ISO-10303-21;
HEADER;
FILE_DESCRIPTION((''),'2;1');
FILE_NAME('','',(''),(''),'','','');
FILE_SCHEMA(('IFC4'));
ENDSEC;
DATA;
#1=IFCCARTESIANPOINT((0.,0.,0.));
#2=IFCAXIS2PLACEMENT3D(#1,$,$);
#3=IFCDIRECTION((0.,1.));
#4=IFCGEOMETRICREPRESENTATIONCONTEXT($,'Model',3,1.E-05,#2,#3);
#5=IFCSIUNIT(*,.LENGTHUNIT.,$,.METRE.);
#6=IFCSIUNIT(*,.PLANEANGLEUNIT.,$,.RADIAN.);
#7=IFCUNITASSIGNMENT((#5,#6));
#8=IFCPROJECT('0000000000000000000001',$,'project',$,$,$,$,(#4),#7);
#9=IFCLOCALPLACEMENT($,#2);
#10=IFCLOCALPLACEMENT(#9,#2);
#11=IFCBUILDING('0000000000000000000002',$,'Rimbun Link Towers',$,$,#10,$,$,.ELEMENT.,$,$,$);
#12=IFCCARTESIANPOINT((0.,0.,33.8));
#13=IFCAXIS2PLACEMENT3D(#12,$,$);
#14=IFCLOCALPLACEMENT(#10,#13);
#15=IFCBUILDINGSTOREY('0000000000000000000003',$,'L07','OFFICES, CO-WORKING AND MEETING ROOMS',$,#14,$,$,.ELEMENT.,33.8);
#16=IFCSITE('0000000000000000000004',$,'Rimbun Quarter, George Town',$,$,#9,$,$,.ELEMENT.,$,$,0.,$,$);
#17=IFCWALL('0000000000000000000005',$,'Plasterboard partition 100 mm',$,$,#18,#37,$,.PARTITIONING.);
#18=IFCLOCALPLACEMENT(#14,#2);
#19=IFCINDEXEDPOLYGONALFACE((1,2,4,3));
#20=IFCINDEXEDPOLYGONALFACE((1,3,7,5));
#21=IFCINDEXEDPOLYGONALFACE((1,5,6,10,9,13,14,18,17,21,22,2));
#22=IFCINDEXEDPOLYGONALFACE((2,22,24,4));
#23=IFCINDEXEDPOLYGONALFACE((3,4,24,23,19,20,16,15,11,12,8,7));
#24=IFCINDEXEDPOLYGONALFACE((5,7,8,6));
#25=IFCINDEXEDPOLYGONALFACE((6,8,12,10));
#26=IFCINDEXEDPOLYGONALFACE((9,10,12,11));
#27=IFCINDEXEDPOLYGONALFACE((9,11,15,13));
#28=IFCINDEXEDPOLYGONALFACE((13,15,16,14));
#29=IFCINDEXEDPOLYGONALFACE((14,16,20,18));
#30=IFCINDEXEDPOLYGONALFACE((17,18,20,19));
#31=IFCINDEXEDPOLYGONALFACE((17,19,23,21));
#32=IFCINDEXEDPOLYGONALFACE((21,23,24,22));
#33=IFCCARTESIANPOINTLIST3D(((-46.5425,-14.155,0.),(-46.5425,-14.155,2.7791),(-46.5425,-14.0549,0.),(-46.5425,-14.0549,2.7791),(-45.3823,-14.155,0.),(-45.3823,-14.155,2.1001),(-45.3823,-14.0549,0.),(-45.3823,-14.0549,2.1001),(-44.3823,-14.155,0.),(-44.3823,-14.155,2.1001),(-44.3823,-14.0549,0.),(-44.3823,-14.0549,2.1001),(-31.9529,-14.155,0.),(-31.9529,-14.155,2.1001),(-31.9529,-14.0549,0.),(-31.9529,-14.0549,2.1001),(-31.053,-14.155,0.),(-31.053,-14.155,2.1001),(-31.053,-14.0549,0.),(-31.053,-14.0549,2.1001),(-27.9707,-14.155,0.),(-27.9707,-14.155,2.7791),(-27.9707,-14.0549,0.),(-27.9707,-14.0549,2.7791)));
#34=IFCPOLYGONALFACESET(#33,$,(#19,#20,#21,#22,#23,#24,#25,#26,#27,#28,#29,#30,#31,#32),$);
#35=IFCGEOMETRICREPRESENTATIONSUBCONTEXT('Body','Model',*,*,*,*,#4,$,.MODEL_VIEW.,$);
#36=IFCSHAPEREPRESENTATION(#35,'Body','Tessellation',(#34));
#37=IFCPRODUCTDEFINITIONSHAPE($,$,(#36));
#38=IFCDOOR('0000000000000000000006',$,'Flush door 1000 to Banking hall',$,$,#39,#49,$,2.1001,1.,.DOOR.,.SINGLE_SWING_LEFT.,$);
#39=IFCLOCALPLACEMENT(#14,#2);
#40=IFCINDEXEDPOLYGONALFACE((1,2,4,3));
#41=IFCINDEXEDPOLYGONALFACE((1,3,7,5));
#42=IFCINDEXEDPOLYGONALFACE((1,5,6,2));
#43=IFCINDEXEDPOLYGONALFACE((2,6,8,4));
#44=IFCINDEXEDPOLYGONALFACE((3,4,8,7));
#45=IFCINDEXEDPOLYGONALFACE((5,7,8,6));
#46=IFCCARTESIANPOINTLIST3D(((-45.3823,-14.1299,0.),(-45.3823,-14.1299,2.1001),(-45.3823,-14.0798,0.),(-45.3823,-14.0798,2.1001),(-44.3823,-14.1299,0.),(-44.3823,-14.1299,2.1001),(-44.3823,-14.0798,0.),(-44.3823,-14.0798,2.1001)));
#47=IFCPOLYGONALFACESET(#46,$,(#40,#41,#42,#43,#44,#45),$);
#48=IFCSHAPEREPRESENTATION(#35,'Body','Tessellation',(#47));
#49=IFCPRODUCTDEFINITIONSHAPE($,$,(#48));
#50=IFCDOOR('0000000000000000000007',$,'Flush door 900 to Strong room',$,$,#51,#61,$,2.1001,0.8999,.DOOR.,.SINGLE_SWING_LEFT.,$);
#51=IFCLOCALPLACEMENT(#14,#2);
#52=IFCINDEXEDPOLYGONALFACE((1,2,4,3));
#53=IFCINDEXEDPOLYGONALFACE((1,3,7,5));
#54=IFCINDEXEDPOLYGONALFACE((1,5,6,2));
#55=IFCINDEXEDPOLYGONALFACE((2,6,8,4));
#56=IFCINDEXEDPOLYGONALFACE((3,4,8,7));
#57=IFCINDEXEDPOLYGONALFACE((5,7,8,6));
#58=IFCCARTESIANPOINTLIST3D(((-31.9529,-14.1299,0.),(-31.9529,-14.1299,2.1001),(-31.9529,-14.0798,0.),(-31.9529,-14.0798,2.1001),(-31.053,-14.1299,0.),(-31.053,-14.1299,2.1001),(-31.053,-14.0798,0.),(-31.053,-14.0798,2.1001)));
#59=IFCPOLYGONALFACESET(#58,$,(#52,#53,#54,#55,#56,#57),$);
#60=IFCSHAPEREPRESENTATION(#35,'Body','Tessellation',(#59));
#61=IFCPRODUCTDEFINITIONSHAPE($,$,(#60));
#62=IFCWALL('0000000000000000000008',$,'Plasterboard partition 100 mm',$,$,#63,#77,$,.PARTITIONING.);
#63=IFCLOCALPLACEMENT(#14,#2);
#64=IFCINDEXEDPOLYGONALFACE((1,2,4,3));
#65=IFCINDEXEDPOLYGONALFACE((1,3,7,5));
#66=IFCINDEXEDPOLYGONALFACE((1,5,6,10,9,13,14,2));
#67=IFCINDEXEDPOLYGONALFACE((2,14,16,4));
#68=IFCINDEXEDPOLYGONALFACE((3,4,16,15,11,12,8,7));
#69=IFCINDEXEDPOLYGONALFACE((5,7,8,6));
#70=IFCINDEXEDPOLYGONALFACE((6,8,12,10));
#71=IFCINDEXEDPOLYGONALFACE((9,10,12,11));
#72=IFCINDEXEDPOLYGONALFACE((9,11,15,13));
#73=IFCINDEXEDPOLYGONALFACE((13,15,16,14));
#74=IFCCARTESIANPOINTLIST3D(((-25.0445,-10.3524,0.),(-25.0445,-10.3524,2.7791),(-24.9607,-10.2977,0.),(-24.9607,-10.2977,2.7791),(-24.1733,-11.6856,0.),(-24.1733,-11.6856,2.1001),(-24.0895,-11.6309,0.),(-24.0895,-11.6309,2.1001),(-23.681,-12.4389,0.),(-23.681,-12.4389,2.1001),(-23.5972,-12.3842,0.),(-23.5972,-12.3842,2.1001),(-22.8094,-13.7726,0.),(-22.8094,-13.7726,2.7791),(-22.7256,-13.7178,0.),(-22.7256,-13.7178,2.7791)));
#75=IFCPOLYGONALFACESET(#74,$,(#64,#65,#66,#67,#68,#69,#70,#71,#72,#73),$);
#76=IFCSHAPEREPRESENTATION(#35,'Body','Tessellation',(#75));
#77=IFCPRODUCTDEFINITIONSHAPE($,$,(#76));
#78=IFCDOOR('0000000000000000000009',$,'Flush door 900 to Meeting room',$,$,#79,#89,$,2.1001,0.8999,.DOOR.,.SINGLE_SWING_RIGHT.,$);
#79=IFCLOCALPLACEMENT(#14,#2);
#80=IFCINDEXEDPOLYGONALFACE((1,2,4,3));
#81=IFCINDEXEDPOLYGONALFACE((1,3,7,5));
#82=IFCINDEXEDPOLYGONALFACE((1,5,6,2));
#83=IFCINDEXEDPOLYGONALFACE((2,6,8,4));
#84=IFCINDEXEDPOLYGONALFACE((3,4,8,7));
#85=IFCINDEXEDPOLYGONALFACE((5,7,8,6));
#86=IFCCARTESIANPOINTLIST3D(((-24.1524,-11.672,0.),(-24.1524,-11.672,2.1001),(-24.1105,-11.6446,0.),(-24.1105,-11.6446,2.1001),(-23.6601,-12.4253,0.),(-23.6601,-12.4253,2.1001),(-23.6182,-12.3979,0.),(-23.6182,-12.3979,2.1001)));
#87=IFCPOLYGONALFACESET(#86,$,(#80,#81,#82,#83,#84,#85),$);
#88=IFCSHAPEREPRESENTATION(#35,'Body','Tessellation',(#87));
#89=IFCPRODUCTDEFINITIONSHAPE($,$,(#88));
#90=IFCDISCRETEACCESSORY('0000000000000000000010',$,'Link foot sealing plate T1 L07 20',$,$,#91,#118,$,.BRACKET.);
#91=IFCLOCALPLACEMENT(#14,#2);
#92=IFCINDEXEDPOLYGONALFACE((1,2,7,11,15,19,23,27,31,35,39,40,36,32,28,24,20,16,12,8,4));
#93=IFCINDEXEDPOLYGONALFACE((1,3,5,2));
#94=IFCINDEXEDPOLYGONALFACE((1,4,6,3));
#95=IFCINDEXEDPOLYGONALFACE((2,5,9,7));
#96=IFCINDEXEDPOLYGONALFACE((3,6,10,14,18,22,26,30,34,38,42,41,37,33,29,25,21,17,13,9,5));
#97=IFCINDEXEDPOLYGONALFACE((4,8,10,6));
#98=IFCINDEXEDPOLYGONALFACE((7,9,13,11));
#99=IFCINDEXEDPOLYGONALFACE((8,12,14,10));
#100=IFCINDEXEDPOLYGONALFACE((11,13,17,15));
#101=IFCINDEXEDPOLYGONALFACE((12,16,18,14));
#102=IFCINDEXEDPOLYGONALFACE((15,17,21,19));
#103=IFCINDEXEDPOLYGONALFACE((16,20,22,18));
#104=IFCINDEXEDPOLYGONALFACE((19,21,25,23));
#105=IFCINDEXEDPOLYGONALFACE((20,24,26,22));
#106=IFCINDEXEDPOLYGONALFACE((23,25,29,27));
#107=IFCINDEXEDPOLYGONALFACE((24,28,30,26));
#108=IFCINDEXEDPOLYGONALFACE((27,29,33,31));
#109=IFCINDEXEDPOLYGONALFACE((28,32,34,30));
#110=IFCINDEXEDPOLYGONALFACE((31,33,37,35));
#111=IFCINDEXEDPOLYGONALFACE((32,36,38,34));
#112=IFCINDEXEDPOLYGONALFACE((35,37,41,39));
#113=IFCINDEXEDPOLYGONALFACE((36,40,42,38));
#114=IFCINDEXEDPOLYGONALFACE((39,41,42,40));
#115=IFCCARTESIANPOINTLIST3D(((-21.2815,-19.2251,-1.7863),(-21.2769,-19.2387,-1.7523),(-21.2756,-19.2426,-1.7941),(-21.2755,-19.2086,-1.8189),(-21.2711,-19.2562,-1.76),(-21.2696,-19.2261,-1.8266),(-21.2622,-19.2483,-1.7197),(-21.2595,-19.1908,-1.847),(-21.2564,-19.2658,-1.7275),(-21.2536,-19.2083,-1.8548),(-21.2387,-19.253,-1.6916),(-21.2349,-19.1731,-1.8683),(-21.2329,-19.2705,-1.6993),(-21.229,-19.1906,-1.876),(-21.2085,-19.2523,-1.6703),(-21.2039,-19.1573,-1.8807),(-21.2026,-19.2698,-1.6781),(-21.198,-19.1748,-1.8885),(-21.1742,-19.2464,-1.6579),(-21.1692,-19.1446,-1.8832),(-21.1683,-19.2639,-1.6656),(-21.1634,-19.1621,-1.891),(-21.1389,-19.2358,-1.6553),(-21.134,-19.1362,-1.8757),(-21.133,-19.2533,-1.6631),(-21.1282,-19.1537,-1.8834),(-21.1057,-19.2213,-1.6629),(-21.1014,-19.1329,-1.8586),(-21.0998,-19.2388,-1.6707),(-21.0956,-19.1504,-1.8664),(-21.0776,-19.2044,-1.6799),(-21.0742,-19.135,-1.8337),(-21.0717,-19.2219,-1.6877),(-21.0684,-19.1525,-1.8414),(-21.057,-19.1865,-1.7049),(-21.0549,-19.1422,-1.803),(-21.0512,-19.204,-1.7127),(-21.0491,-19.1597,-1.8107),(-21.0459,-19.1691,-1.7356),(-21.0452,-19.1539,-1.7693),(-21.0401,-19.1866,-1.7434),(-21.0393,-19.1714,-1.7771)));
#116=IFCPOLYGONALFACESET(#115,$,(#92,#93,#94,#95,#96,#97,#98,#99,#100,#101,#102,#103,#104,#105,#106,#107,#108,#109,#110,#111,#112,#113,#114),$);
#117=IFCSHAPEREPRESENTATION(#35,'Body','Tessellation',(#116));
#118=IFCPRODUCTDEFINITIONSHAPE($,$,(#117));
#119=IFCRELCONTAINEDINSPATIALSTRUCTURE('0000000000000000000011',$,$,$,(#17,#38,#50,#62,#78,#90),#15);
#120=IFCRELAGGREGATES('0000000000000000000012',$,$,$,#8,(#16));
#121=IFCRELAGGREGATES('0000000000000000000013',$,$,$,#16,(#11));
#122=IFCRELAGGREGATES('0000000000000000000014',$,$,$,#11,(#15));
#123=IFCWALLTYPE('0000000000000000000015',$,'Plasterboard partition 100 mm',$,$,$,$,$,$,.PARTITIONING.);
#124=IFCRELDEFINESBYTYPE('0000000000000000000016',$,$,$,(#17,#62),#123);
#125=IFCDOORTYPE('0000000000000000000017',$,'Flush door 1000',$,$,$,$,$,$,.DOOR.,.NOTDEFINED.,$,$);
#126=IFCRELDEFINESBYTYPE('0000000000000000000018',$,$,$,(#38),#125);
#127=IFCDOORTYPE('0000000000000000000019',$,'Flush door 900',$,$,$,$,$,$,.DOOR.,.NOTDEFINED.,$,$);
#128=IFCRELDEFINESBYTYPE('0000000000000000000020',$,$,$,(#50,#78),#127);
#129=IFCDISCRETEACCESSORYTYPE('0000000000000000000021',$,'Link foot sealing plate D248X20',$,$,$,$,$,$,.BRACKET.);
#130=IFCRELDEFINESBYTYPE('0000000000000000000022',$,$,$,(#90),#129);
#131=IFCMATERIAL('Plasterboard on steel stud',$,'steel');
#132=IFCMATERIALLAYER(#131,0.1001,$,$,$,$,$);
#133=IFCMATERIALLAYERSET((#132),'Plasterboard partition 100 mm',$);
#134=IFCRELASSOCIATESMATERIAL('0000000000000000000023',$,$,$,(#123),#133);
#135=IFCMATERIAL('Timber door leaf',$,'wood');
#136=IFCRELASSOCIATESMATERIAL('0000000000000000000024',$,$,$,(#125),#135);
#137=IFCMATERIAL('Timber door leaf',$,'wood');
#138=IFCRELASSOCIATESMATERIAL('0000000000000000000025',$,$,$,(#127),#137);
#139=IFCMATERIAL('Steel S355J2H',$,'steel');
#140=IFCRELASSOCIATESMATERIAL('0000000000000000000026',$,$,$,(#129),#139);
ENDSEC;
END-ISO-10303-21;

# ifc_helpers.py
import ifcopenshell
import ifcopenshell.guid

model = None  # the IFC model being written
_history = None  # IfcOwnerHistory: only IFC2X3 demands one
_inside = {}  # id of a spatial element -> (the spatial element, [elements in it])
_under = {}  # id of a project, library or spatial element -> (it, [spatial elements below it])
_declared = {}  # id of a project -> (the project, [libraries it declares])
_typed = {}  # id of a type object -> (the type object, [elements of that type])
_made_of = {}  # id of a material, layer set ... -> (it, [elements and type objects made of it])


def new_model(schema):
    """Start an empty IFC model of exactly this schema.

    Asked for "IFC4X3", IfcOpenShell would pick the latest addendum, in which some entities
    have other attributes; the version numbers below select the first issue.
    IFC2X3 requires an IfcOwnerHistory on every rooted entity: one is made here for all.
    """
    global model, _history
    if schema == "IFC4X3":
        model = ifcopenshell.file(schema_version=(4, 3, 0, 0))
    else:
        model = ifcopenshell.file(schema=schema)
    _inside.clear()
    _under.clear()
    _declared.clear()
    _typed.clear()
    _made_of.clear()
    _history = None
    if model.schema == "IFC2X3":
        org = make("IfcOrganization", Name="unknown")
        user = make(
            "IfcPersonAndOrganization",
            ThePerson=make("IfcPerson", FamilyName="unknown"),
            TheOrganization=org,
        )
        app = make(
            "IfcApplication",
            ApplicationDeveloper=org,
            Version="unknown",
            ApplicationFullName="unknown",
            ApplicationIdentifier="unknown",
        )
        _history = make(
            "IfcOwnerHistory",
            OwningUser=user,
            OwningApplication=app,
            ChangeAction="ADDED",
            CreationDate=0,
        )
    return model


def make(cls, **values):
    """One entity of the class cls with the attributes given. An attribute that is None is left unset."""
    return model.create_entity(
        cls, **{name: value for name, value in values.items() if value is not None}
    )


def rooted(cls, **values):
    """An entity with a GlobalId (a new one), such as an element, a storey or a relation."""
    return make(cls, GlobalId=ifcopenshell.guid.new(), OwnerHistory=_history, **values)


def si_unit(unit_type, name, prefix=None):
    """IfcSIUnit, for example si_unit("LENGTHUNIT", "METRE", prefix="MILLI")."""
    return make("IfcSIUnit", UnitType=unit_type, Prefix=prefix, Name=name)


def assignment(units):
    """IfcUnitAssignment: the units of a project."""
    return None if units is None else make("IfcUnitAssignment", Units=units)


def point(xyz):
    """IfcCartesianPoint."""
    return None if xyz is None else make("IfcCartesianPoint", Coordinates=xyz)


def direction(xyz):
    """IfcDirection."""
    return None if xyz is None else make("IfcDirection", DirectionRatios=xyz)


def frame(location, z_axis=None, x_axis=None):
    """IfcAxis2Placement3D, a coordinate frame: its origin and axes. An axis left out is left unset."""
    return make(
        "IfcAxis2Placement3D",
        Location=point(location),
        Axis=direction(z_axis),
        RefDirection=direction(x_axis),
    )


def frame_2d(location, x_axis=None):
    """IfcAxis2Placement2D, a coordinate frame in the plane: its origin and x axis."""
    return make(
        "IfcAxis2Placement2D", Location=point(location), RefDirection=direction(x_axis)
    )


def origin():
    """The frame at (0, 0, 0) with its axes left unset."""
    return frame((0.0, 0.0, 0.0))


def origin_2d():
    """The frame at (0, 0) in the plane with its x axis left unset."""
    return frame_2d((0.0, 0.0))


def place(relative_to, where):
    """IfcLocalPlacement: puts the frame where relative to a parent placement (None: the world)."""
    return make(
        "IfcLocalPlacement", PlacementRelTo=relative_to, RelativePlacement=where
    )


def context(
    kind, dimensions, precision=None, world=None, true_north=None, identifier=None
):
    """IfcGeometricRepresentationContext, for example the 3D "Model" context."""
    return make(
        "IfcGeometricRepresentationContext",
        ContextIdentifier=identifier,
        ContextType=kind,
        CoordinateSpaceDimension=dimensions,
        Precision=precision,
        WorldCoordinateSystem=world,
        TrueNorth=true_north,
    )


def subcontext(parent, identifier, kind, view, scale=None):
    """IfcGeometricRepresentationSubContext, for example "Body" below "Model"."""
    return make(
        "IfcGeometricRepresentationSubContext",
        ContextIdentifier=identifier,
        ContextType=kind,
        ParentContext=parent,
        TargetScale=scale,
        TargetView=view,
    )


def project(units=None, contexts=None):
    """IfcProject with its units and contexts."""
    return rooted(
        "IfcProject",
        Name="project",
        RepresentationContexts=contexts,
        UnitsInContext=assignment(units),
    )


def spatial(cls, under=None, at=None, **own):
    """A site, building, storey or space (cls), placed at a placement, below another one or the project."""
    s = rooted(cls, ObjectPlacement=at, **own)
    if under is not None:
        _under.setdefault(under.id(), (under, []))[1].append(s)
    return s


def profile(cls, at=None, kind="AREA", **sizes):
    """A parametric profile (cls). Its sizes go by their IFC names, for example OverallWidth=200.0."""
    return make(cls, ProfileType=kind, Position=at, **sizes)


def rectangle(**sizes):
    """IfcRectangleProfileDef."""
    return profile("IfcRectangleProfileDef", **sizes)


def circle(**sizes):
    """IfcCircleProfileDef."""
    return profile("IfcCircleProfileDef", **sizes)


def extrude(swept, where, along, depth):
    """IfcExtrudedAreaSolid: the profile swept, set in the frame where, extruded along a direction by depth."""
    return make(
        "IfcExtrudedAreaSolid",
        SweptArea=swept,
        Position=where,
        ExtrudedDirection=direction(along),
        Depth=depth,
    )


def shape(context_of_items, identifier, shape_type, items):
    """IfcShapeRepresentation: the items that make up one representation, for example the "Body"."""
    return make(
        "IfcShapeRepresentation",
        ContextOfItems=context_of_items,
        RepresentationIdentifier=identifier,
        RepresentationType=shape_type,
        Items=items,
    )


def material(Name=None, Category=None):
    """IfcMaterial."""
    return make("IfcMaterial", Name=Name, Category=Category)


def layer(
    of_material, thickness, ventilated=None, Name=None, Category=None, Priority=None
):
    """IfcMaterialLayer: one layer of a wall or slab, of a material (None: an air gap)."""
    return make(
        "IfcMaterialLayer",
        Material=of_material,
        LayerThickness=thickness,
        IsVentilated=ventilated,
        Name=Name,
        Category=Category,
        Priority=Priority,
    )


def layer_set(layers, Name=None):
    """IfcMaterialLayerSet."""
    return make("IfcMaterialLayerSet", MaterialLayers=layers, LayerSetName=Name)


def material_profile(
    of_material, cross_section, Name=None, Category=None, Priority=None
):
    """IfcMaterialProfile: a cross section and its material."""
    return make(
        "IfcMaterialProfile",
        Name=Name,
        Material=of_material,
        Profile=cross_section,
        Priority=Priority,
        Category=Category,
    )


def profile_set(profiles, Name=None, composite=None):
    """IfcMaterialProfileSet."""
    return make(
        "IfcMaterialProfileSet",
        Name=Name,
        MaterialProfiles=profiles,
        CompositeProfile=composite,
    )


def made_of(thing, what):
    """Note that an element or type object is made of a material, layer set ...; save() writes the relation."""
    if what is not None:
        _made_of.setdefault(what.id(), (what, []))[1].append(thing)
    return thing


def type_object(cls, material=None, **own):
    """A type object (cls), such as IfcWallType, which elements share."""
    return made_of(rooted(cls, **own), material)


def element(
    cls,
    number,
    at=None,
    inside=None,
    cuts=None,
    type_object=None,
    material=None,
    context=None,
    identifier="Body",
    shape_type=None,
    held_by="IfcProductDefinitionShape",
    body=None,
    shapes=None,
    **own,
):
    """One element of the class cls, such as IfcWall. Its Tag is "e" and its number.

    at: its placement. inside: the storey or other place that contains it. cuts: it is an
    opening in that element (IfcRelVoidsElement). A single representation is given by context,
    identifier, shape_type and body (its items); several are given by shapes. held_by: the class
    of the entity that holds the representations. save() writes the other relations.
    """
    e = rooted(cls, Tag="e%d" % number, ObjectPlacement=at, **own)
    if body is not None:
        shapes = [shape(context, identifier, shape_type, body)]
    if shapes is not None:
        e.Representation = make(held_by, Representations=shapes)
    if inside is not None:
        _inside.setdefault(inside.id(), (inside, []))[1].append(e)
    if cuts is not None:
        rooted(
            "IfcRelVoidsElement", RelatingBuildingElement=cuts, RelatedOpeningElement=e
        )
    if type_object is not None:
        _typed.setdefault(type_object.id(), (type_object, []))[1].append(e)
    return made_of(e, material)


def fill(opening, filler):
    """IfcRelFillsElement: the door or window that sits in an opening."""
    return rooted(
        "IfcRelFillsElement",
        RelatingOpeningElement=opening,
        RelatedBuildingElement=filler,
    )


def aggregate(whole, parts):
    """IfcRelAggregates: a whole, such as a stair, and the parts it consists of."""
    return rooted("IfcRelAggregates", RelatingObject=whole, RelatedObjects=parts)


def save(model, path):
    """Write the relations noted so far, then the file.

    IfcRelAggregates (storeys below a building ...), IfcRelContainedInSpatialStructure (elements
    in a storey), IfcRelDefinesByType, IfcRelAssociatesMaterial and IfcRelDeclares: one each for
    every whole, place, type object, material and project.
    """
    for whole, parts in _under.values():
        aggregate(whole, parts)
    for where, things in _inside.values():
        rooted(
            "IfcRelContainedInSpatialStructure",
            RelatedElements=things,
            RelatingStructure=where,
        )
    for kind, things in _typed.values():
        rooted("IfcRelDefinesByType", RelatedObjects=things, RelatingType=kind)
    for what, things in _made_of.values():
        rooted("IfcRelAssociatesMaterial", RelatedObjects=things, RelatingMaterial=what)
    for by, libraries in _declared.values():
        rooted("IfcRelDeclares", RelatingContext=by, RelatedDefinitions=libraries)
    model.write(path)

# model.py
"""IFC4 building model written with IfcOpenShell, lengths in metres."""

from ifc_helpers import new_model, si_unit, direction, frame, frame_2d, origin, origin_2d, place, context, subcontext, project, spatial, rectangle, circle, extrude, material, layer, layer_set, material_profile, profile_set, type_object, element, fill, save


model = new_model("IFC4")

# Units and contexts
model_context = context("Model", 3, precision=1e-05, world=origin(), true_north=direction((0.0, 1.0)))
body_context = subcontext(model_context, "Body", "Model", "MODEL_VIEW")
ifc_project = project(units=[si_unit("LENGTHUNIT", "METRE"), si_unit("PLANEANGLEUNIT", "RADIAN")], contexts=[model_context])

# Site, building, storey
site_placement = place(None, origin())
site = spatial("IfcSite", under=ifc_project, at=site_placement, Name="Rimbun Quarter, George Town", CompositionType="ELEMENT", RefElevation=0.0)
building_placement = place(site_placement, origin())
building = spatial("IfcBuilding", under=site, at=building_placement, Name="Rimbun Link Towers", CompositionType="ELEMENT")
storey_placement = place(building_placement, frame((0.0, 0.0, 33.8)))
storey = spatial("IfcBuildingStorey", under=building, at=storey_placement, Name="L07", Description="OFFICES, CO-WORKING AND MEETING ROOMS", CompositionType="ELEMENT", Elevation=33.8)

# Wall, openings, doors
ifc_material_1 = material(Name="Plasterboard on steel stud", Category="steel")
ifc_layer_1 = layer(ifc_material_1, 0.1001)
ifc_layer_set_1 = layer_set([ifc_layer_1], Name="Plasterboard partition 100 mm")
wall_type = type_object("IfcWallType", Name="Plasterboard partition 100 mm", PredefinedType="PARTITIONING", material=ifc_layer_set_1)
wall_1_placement = place(storey_placement, frame((-27.9707, -14.105, 0.0), z_axis=(0.0, 0.0, 1.0), x_axis=(-1.0, 0.0, 0.0)))
wall_1 = element("IfcWall", 1, at=wall_1_placement, inside=storey, type_object=wall_type, Name="Plasterboard partition 100 mm", PredefinedType="PARTITIONING", context=body_context, shape_type="SweptSolid", body=[
    extrude(rectangle(XDim=18.5718, YDim=0.1001, at=frame_2d((9.2859, 0.0))), origin(), (0.0, 0.0, 1.0), 2.7791),
])
opening_1_placement = place(wall_1_placement, frame((16.4116, 0.0, 0.0)))
opening_1 = element("IfcOpeningElement", 2, at=opening_1_placement, cuts=wall_1, PredefinedType="OPENING", context=body_context, shape_type="SweptSolid", body=[
    extrude(rectangle(XDim=1.0, YDim=2.1001, at=frame_2d((0.5, 1.05))), frame((0.0, 0.0601, 0.0), z_axis=(0.0, -1.0, 0.0), x_axis=(1.0, 0.0, 0.0)), (0.0, 0.0, 1.0), 0.1201),
])
opening_2_placement = place(wall_1_placement, frame((3.0823, 0.0, 0.0)))
opening_2 = element("IfcOpeningElement", 3, at=opening_2_placement, cuts=wall_1, PredefinedType="OPENING", context=body_context, shape_type="SweptSolid", body=[
    extrude(rectangle(XDim=0.8999, YDim=2.1001, at=frame_2d((0.45, 1.05))), frame((0.0, 0.0601, 0.0), z_axis=(0.0, -1.0, 0.0), x_axis=(1.0, 0.0, 0.0)), (0.0, 0.0, 1.0), 0.1201),
])
ifc_material_2 = material(Name="Timber door leaf", Category="wood")
door_type_1 = type_object("IfcDoorType", Name="Flush door 1000", OperationType="NOTDEFINED", PredefinedType="DOOR", material=ifc_material_2)
door_1_placement = place(opening_1_placement, origin())
door_1 = element("IfcDoor", 4, at=door_1_placement, inside=storey, type_object=door_type_1, Name="Flush door 1000 to Banking hall", OperationType="SINGLE_SWING_LEFT", OverallHeight=2.1001, OverallWidth=1.0, PredefinedType="DOOR", context=body_context, shape_type="SweptSolid", body=[
    extrude(rectangle(XDim=1.0, YDim=2.1001, at=frame_2d((0.5, 1.05))), frame((0.0, 0.0249, 0.0), z_axis=(0.0, -1.0, 0.0), x_axis=(1.0, 0.0, 0.0)), (0.0, 0.0, 1.0), 0.05),
])
fill(opening_1, door_1)
ifc_material_3 = material(Name="Timber door leaf", Category="wood")
door_type_2 = type_object("IfcDoorType", Name="Flush door 900", OperationType="NOTDEFINED", PredefinedType="DOOR", material=ifc_material_3)
door_2_placement = place(opening_2_placement, origin())
door_2 = element("IfcDoor", 5, at=door_2_placement, inside=storey, type_object=door_type_2, Name="Flush door 900 to Strong room", OperationType="SINGLE_SWING_LEFT", OverallHeight=2.1001, OverallWidth=0.8999, PredefinedType="DOOR", context=body_context, shape_type="SweptSolid", body=[
    extrude(rectangle(XDim=0.8999, YDim=2.1001, at=frame_2d((0.45, 1.05))), frame((0.0, 0.0249, 0.0), z_axis=(0.0, -1.0, 0.0), x_axis=(1.0, 0.0, 0.0)), (0.0, 0.0, 1.0), 0.05),
])
fill(opening_2, door_2)

# Wall, opening, door
wall_2_placement = place(storey_placement, frame((-25.0027, -10.325, 0.0), z_axis=(0.0, 0.0, 1.0), x_axis=(0.547051, -0.837099, 0.0)))
wall_2 = element("IfcWall", 6, at=wall_2_placement, inside=storey, type_object=wall_type, Name="Plasterboard partition 100 mm", PredefinedType="PARTITIONING", context=body_context, shape_type="SweptSolid", body=[
    extrude(rectangle(XDim=4.0857, YDim=0.1001, at=frame_2d((2.043, 0.0))), origin(), (0.0, 0.0, 1.0), 2.7791),
])
opening_3_placement = place(wall_2_placement, frame((1.5928, 0.0, 0.0)))
opening_3 = element("IfcOpeningElement", 7, at=opening_3_placement, cuts=wall_2, PredefinedType="OPENING", context=body_context, shape_type="SweptSolid", body=[
    extrude(rectangle(XDim=0.8999, YDim=2.1001, at=frame_2d((0.45, 1.05))), frame((0.0, 0.0601, 0.0), z_axis=(0.0, -1.0, 0.0), x_axis=(1.0, 0.0, 0.0)), (0.0, 0.0, 1.0), 0.1201),
])
door_3_placement = place(opening_3_placement, origin())
door_3 = element("IfcDoor", 8, at=door_3_placement, inside=storey, type_object=door_type_2, Name="Flush door 900 to Meeting room", OperationType="SINGLE_SWING_RIGHT", OverallHeight=2.1001, OverallWidth=0.8999, PredefinedType="DOOR", context=body_context, shape_type="SweptSolid", body=[
    extrude(rectangle(XDim=0.8999, YDim=2.1001, at=frame_2d((0.45, 1.05))), frame((0.0, 0.0249, 0.0), z_axis=(0.0, -1.0, 0.0), x_axis=(1.0, 0.0, 0.0)), (0.0, 0.0, 1.0), 0.05),
])
fill(opening_3, door_3)

# Discrete accessory
ifc_material_4 = material(Name="Steel S355J2H", Category="steel")
ifc_material_profile_1 = material_profile(ifc_material_4, circle(Radius=0.124, at=origin_2d()), Name="PL D248")
ifc_profile_set_1 = profile_set([ifc_material_profile_1], Name="Steel S355J2H")
discrete_accessory_type = type_object("IfcDiscreteAccessoryType", Name="Link foot sealing plate D248X20", PredefinedType="BRACKET", material=ifc_profile_set_1)
discrete_accessory_placement = place(storey_placement, frame((-21.1628, -19.1931, -1.7693), z_axis=(0.291386, -0.874157, -0.388514), x_axis=(0.948683, 0.316228, 0.0)))
element("IfcDiscreteAccessory", 9, at=discrete_accessory_placement, inside=storey, type_object=discrete_accessory_type, Name="Link foot sealing plate T1 L07 20", PredefinedType="BRACKET", context=body_context, shape_type="SweptSolid", body=[
    extrude(circle(Radius=0.124, at=origin_2d()), origin(), (0.0, 0.0, 1.0), 0.02),
])

save(model, "model.ifc")
